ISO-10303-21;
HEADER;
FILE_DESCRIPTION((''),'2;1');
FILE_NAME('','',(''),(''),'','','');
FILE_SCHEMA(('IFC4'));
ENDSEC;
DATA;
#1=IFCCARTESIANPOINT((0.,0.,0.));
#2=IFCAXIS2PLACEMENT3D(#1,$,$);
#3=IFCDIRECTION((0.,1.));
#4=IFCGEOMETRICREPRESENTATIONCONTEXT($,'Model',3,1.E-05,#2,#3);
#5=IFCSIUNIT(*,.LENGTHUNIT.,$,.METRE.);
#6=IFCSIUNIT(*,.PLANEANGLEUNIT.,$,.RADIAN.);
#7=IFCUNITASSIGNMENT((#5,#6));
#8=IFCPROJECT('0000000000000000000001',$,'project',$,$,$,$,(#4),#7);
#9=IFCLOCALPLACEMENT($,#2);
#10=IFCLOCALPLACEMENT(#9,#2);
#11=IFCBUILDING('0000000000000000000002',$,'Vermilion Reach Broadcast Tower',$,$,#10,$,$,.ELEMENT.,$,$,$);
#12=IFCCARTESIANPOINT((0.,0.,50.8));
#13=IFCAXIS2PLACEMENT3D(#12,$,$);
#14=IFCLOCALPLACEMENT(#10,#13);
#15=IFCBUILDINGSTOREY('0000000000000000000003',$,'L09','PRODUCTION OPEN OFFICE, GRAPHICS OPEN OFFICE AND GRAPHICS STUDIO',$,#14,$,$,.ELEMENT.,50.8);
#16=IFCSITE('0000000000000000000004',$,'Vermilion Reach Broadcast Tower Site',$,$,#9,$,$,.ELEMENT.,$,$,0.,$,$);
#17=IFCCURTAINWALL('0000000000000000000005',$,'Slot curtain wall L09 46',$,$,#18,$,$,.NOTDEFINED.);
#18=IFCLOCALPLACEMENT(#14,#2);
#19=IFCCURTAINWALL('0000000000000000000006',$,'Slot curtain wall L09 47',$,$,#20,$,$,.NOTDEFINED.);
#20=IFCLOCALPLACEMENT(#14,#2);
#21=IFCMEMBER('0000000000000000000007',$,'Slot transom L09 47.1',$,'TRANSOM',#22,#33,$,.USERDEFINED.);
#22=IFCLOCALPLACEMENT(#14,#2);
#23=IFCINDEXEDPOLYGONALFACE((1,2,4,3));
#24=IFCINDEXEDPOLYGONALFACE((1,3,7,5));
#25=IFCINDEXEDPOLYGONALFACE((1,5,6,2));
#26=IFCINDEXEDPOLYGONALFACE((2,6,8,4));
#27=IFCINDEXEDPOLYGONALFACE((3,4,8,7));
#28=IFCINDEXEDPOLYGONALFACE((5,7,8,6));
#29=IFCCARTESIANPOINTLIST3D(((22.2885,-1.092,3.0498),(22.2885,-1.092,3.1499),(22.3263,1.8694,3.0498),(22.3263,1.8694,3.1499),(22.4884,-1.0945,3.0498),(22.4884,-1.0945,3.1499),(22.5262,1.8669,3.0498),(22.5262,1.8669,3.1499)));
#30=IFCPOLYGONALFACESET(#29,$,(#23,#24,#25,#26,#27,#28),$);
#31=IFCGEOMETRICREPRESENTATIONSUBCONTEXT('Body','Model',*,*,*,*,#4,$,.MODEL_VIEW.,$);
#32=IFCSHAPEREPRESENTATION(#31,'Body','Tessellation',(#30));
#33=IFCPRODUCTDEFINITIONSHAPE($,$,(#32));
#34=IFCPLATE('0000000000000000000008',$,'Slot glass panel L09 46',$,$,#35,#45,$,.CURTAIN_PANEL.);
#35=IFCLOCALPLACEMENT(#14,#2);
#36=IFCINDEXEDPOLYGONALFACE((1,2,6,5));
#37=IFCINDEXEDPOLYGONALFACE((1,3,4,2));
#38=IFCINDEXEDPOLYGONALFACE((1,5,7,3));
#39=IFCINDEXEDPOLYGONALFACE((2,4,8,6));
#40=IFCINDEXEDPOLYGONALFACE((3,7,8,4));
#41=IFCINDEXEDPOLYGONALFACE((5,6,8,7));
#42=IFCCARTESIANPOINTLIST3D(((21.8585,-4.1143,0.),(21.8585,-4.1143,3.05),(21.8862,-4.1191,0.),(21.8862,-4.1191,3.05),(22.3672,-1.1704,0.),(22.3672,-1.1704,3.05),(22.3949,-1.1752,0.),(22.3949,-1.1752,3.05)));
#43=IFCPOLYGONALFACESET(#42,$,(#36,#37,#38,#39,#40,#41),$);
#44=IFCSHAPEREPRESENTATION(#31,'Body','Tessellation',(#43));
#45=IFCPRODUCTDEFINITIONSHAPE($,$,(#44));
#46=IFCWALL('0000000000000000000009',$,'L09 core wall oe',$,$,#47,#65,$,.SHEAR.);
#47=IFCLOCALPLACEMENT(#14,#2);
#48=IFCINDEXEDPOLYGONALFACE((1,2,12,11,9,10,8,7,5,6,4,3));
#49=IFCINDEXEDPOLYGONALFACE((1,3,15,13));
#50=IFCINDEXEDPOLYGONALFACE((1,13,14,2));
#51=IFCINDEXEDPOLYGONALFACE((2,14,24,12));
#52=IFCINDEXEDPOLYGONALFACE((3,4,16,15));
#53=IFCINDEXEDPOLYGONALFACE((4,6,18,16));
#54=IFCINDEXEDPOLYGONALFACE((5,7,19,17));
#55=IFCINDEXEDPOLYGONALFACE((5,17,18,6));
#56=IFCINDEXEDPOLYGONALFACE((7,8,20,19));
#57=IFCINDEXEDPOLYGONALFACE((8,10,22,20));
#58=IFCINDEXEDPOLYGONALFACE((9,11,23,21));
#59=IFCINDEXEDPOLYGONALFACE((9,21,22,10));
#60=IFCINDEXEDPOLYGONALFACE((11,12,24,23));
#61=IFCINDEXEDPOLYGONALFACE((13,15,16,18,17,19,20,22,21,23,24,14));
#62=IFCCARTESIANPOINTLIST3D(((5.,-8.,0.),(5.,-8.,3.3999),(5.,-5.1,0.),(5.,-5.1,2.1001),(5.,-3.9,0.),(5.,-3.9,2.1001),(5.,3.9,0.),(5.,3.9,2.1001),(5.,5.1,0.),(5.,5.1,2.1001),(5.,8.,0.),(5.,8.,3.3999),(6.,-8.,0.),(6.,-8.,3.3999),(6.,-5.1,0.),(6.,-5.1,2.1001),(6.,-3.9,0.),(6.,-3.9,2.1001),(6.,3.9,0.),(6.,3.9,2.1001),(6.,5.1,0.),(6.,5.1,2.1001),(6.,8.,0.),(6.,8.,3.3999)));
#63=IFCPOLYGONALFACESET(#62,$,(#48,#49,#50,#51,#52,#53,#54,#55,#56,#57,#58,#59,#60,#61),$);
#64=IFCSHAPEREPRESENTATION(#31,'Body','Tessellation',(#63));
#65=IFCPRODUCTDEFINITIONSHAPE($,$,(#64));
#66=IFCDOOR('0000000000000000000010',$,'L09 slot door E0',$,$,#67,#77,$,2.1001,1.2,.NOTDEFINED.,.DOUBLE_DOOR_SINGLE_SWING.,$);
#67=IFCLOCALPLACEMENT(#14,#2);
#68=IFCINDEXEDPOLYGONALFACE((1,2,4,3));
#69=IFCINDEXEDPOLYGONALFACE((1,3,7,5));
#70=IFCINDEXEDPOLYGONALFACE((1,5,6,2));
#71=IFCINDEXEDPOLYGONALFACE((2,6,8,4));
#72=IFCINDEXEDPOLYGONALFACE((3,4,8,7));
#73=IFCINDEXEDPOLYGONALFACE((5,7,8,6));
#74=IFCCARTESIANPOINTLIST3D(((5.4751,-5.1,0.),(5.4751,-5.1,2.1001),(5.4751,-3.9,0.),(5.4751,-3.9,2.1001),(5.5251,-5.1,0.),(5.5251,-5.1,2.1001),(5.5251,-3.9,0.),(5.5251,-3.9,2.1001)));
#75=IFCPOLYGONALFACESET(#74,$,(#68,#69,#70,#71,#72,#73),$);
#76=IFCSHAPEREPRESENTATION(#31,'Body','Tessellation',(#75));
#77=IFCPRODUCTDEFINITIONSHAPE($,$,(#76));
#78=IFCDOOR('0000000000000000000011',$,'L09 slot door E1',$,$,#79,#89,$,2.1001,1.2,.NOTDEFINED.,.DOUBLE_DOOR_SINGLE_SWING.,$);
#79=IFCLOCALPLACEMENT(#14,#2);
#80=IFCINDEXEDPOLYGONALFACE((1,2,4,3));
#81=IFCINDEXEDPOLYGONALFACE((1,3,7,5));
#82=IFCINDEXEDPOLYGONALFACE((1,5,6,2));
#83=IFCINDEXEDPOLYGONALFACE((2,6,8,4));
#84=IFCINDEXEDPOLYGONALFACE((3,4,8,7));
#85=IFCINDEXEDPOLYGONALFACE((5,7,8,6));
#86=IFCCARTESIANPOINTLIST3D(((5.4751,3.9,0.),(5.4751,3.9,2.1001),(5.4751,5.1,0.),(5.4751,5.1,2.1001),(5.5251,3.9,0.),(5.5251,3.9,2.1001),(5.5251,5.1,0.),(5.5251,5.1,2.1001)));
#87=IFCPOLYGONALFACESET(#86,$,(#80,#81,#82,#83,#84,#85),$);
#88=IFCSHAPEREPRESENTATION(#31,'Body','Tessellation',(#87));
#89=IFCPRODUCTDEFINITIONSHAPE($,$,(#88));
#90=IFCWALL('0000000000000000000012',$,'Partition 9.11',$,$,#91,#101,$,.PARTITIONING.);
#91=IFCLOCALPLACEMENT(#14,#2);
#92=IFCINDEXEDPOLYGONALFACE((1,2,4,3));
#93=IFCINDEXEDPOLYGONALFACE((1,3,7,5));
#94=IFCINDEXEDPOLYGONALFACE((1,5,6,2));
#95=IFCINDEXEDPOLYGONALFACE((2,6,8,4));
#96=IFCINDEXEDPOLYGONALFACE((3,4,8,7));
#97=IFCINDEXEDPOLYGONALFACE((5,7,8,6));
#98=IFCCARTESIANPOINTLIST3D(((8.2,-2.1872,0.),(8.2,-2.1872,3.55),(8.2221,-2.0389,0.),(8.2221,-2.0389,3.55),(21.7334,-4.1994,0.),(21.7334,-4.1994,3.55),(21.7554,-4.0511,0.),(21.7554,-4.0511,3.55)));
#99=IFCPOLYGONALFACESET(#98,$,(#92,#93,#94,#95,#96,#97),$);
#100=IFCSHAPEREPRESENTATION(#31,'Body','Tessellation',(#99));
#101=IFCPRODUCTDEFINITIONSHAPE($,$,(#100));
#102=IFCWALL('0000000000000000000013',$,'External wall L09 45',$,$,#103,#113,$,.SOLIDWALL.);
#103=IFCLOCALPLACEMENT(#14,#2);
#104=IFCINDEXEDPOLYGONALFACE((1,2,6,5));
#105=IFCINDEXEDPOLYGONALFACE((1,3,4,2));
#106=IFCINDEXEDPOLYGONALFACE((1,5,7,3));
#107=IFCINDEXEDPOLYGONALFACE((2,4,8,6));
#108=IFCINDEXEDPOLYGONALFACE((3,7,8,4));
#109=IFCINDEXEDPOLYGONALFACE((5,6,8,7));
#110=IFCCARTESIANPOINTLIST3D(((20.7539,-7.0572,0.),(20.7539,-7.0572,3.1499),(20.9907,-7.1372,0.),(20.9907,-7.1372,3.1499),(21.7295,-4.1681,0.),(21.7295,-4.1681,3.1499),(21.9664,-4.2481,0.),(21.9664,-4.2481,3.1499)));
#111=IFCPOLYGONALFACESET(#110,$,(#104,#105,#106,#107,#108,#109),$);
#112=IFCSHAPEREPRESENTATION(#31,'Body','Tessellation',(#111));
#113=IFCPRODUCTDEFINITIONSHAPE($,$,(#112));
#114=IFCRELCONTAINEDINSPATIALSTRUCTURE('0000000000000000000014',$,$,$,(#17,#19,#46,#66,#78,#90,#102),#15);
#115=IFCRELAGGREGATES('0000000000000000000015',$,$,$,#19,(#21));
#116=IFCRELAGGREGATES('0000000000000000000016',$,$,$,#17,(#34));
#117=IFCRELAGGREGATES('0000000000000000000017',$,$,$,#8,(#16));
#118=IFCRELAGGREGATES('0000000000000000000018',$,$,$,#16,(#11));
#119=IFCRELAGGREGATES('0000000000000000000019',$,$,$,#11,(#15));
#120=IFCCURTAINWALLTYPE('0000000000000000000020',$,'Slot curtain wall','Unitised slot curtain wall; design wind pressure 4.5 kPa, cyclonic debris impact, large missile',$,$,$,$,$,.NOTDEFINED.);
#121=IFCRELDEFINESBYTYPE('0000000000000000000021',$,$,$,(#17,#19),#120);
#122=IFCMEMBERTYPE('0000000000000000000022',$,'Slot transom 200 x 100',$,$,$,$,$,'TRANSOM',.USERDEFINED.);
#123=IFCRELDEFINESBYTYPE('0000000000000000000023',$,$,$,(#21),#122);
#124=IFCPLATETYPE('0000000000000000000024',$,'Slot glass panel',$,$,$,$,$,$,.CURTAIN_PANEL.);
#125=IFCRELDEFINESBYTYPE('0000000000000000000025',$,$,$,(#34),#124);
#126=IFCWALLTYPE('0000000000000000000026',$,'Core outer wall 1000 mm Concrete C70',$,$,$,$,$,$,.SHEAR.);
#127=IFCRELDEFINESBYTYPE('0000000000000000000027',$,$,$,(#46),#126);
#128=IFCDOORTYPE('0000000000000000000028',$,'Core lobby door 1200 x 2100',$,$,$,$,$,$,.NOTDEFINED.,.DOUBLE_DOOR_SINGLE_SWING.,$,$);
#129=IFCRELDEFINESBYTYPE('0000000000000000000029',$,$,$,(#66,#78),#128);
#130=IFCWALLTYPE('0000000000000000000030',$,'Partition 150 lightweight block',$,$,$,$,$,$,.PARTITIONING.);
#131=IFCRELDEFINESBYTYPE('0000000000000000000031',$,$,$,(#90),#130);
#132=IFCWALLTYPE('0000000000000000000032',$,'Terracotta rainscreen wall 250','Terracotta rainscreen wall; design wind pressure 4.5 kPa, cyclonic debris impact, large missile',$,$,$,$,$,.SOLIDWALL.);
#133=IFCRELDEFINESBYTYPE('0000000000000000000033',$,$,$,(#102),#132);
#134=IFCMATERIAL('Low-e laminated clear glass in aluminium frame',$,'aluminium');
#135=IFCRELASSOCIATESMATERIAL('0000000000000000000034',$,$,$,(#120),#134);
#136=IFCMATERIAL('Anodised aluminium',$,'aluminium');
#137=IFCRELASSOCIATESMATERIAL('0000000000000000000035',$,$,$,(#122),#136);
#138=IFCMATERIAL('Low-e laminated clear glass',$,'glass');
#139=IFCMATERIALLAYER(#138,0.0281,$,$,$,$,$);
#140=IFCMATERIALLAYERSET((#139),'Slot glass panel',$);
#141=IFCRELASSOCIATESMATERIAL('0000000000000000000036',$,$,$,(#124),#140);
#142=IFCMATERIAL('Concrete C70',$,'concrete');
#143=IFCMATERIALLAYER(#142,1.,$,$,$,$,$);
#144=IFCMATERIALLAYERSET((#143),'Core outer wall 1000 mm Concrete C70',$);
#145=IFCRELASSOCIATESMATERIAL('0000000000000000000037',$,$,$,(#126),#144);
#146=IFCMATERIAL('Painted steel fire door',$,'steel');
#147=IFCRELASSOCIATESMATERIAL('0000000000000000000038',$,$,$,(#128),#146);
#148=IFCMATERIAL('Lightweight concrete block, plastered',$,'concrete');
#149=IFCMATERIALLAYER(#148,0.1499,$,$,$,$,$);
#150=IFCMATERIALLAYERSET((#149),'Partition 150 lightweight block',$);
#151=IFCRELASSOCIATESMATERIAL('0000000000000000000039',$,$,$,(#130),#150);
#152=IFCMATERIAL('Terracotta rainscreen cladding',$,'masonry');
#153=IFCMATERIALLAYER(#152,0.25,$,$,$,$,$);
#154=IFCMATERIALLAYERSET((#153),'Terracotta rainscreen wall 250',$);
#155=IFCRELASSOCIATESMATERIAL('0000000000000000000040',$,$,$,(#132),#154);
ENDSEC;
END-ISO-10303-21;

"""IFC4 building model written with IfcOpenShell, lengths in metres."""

from ifc_helpers import new_model, si_unit, direction, frame, frame_2d, origin, origin_2d, place, context, subcontext, project, spatial, rectangle, extrude, material, layer, layer_set, material_profile, profile_set, type_object, element, fill, aggregate, save


model = new_model("IFC4")

# Units and contexts
model_context = context("Model", 3, precision=1e-05, world=origin(), true_north=direction((0.0, 1.0)))
body_context = subcontext(model_context, "Body", "Model", "MODEL_VIEW")
ifc_project = project(units=[si_unit("LENGTHUNIT", "METRE"), si_unit("PLANEANGLEUNIT", "RADIAN")], contexts=[model_context])

# Site, building, storey
site_placement = place(None, origin())
site = spatial("IfcSite", under=ifc_project, at=site_placement, Name="Vermilion Reach Broadcast Tower Site", CompositionType="ELEMENT", RefElevation=0.0)
building_placement = place(site_placement, origin())
building = spatial("IfcBuilding", under=site, at=building_placement, Name="Vermilion Reach Broadcast Tower", CompositionType="ELEMENT")
storey_placement = place(building_placement, frame((0.0, 0.0, 50.8)))
storey = spatial("IfcBuildingStorey", under=building, at=storey_placement, Name="L09", Description="PRODUCTION OPEN OFFICE, GRAPHICS OPEN OFFICE AND GRAPHICS STUDIO", CompositionType="ELEMENT", Elevation=50.8)

# Curtain walls
ifc_material_1 = material(Name="Low-e laminated clear glass in aluminium frame", Category="aluminium")
curtain_wall_type = type_object("IfcCurtainWallType", Name="Slot curtain wall", Description="Unitised slot curtain wall; design wind pressure 4.5 kPa, cyclonic debris impact, large missile", PredefinedType="NOTDEFINED", material=ifc_material_1)
placement = place(storey_placement, origin())
curtain_wall_1 = element("IfcCurtainWall", 1, at=placement, inside=storey, type_object=curtain_wall_type, Name="Slot curtain wall L09 46", PredefinedType="NOTDEFINED")
curtain_wall_2 = element("IfcCurtainWall", 2, at=placement, inside=storey, type_object=curtain_wall_type, Name="Slot curtain wall L09 47", PredefinedType="NOTDEFINED")

# Member
ifc_material_2 = material(Name="Anodised aluminium", Category="aluminium")
ifc_material_profile_1 = material_profile(ifc_material_2, rectangle(XDim=0.2, YDim=0.1001, at=origin_2d()), Name="Slot transom 200 x 100")
ifc_profile_set_1 = profile_set([ifc_material_profile_1], Name="Anodised aluminium")
member_type_1 = type_object("IfcMemberType", Name="Slot transom 200 x 100", ElementType="TRANSOM", PredefinedType="USERDEFINED", material=ifc_profile_set_1)
member_1_placement = place(storey_placement, frame((22.3884, -1.0933, 3.0999), z_axis=(0.012777, 0.999918, 0.0), x_axis=(-0.999918, 0.012777, 0.0)))
member_1 = element("IfcMember", 3, at=member_1_placement, type_object=member_type_1, Name="Slot transom L09 47.1", ObjectType="TRANSOM", PredefinedType="USERDEFINED", context=body_context, shape_type="SweptSolid", body=[
    extrude(rectangle(XDim=0.2, YDim=0.1001, at=origin_2d()), origin(), (0.0, 0.0, 1.0), 2.9617),
])
aggregate(curtain_wall_2, [member_1])

# Plate
ifc_material_3 = material(Name="Low-e laminated clear glass", Category="glass")
ifc_layer_1 = layer(ifc_material_3, 0.0281)
ifc_layer_set_1 = layer_set([ifc_layer_1], Name="Slot glass panel")
plate_type = type_object("IfcPlateType", Name="Slot glass panel", PredefinedType="CURTAIN_PANEL", material=ifc_layer_set_1)
plate_placement = place(storey_placement, frame((22.1267, -2.6448, 0.0), z_axis=(0.0, 0.0, 1.0), x_axis=(0.170287, 0.985394, 0.0)))
plate = element("IfcPlate", 4, at=plate_placement, type_object=plate_type, Name="Slot glass panel L09 46", PredefinedType="CURTAIN_PANEL", context=body_context, shape_type="SweptSolid", body=[
    extrude(rectangle(XDim=2.9875, YDim=0.0281, at=origin_2d()), origin(), (0.0, 0.0, 1.0), 3.05),
])
aggregate(curtain_wall_1, [plate])

# Wall, openings, doors
ifc_material_4 = material(Name="Concrete C70", Category="concrete")
ifc_layer_2 = layer(ifc_material_4, 1.0)
ifc_layer_set_2 = layer_set([ifc_layer_2], Name="Core outer wall 1000 mm Concrete C70")
wall_type_1 = type_object("IfcWallType", Name="Core outer wall 1000 mm Concrete C70", PredefinedType="SHEAR", material=ifc_layer_set_2)
wall_1_placement = place(storey_placement, frame((5.5, -8.0, 0.0), z_axis=(0.0, 0.0, 1.0), x_axis=(0.0, 1.0, 0.0)))
wall_1 = element("IfcWall", 5, at=wall_1_placement, inside=storey, type_object=wall_type_1, Name="L09 core wall oe", PredefinedType="SHEAR", context=body_context, shape_type="SweptSolid", body=[
    extrude(rectangle(XDim=16.0, YDim=1.0, at=frame_2d((8.0, 0.0))), origin(), (0.0, 0.0, 1.0), 3.3999),
])
opening_1_placement = place(wall_1_placement, frame((2.8999, 0.0, 0.0)))
opening_1 = element("IfcOpeningElement", 6, at=opening_1_placement, cuts=wall_1, PredefinedType="OPENING", context=body_context, shape_type="SweptSolid", body=[
    extrude(rectangle(XDim=1.2, YDim=2.1001, at=frame_2d((0.6001, 1.05))), frame((0.0, 0.51, 0.0), z_axis=(0.0, -1.0, 0.0), x_axis=(1.0, 0.0, 0.0)), (0.0, 0.0, 1.0), 1.02),
])
opening_2_placement = place(wall_1_placement, frame((11.8999, 0.0, 0.0)))
opening_2 = element("IfcOpeningElement", 7, at=opening_2_placement, cuts=wall_1, PredefinedType="OPENING", context=body_context, shape_type="SweptSolid", body=[
    extrude(rectangle(XDim=1.2, YDim=2.1001, at=frame_2d((0.6001, 1.05))), frame((0.0, 0.51, 0.0), z_axis=(0.0, -1.0, 0.0), x_axis=(1.0, 0.0, 0.0)), (0.0, 0.0, 1.0), 1.02),
])
ifc_material_5 = material(Name="Painted steel fire door", Category="steel")
door_type = type_object("IfcDoorType", Name="Core lobby door 1200 x 2100", OperationType="DOUBLE_DOOR_SINGLE_SWING", PredefinedType="NOTDEFINED", material=ifc_material_5)
door_1_placement = place(opening_1_placement, origin())
door_1 = element("IfcDoor", 8, at=door_1_placement, inside=storey, type_object=door_type, Name="L09 slot door E0", OperationType="DOUBLE_DOOR_SINGLE_SWING", OverallHeight=2.1001, OverallWidth=1.2, PredefinedType="NOTDEFINED", context=body_context, shape_type="SweptSolid", body=[
    extrude(rectangle(XDim=1.2, YDim=2.1001, at=frame_2d((0.6001, 1.05))), frame((0.0, 0.0249, 0.0), z_axis=(0.0, -1.0, 0.0), x_axis=(1.0, 0.0, 0.0)), (0.0, 0.0, 1.0), 0.05),
])
fill(opening_1, door_1)
door_2_placement = place(opening_2_placement, origin())
door_2 = element("IfcDoor", 9, at=door_2_placement, inside=storey, type_object=door_type, Name="L09 slot door E1", OperationType="DOUBLE_DOOR_SINGLE_SWING", OverallHeight=2.1001, OverallWidth=1.2, PredefinedType="NOTDEFINED", context=body_context, shape_type="SweptSolid", body=[
    extrude(rectangle(XDim=1.2, YDim=2.1001, at=frame_2d((0.6001, 1.05))), frame((0.0, 0.0249, 0.0), z_axis=(0.0, -1.0, 0.0), x_axis=(1.0, 0.0, 0.0)), (0.0, 0.0, 1.0), 0.05),
])
fill(opening_2, door_2)

# Walls
ifc_material_6 = material(Name="Lightweight concrete block, plastered", Category="concrete")
ifc_layer_3 = layer(ifc_material_6, 0.1499)
ifc_layer_set_3 = layer_set([ifc_layer_3], Name="Partition 150 lightweight block")
wall_type_2 = type_object("IfcWallType", Name="Partition 150 lightweight block", PredefinedType="PARTITIONING", material=ifc_layer_set_3)
wall_2_placement = place(storey_placement, frame((21.7444, -4.1252, 0.0), z_axis=(0.0, 0.0, 1.0), x_axis=(-0.989126, 0.147067, 0.0)))
element("IfcWall", 10, at=wall_2_placement, inside=storey, type_object=wall_type_2, Name="Partition 9.11", PredefinedType="PARTITIONING", context=body_context, shape_type="SweptSolid", body=[
    extrude(rectangle(XDim=13.6821, YDim=0.1499, at=frame_2d((6.8411, 0.0))), origin(), (0.0, 0.0, 1.0), 3.55),
])
ifc_material_7 = material(Name="Terracotta rainscreen cladding", Category="masonry")
ifc_layer_4 = layer(ifc_material_7, 0.25)
ifc_layer_set_4 = layer_set([ifc_layer_4], Name="Terracotta rainscreen wall 250")
wall_type_3 = type_object("IfcWallType", Name="Terracotta rainscreen wall 250", Description="Terracotta rainscreen wall; design wind pressure 4.5 kPa, cyclonic debris impact, large missile", PredefinedType="SOLIDWALL", material=ifc_layer_set_4)
wall_3_placement = place(storey_placement, frame((20.8723, -7.0972, 0.0), z_axis=(0.0, 0.0, 1.0), x_axis=(0.319948, 0.947435, 0.0)))
element("IfcWall", 11, at=wall_3_placement, inside=storey, type_object=wall_type_3, Name="External wall L09 45", PredefinedType="SOLIDWALL", context=body_context, shape_type="SweptSolid", body=[
    extrude(rectangle(XDim=3.0493, YDim=0.25, at=frame_2d((1.5247, 0.0))), origin(), (0.0, 0.0, 1.0), 3.1499),
])

save(model, "model.ifc")
